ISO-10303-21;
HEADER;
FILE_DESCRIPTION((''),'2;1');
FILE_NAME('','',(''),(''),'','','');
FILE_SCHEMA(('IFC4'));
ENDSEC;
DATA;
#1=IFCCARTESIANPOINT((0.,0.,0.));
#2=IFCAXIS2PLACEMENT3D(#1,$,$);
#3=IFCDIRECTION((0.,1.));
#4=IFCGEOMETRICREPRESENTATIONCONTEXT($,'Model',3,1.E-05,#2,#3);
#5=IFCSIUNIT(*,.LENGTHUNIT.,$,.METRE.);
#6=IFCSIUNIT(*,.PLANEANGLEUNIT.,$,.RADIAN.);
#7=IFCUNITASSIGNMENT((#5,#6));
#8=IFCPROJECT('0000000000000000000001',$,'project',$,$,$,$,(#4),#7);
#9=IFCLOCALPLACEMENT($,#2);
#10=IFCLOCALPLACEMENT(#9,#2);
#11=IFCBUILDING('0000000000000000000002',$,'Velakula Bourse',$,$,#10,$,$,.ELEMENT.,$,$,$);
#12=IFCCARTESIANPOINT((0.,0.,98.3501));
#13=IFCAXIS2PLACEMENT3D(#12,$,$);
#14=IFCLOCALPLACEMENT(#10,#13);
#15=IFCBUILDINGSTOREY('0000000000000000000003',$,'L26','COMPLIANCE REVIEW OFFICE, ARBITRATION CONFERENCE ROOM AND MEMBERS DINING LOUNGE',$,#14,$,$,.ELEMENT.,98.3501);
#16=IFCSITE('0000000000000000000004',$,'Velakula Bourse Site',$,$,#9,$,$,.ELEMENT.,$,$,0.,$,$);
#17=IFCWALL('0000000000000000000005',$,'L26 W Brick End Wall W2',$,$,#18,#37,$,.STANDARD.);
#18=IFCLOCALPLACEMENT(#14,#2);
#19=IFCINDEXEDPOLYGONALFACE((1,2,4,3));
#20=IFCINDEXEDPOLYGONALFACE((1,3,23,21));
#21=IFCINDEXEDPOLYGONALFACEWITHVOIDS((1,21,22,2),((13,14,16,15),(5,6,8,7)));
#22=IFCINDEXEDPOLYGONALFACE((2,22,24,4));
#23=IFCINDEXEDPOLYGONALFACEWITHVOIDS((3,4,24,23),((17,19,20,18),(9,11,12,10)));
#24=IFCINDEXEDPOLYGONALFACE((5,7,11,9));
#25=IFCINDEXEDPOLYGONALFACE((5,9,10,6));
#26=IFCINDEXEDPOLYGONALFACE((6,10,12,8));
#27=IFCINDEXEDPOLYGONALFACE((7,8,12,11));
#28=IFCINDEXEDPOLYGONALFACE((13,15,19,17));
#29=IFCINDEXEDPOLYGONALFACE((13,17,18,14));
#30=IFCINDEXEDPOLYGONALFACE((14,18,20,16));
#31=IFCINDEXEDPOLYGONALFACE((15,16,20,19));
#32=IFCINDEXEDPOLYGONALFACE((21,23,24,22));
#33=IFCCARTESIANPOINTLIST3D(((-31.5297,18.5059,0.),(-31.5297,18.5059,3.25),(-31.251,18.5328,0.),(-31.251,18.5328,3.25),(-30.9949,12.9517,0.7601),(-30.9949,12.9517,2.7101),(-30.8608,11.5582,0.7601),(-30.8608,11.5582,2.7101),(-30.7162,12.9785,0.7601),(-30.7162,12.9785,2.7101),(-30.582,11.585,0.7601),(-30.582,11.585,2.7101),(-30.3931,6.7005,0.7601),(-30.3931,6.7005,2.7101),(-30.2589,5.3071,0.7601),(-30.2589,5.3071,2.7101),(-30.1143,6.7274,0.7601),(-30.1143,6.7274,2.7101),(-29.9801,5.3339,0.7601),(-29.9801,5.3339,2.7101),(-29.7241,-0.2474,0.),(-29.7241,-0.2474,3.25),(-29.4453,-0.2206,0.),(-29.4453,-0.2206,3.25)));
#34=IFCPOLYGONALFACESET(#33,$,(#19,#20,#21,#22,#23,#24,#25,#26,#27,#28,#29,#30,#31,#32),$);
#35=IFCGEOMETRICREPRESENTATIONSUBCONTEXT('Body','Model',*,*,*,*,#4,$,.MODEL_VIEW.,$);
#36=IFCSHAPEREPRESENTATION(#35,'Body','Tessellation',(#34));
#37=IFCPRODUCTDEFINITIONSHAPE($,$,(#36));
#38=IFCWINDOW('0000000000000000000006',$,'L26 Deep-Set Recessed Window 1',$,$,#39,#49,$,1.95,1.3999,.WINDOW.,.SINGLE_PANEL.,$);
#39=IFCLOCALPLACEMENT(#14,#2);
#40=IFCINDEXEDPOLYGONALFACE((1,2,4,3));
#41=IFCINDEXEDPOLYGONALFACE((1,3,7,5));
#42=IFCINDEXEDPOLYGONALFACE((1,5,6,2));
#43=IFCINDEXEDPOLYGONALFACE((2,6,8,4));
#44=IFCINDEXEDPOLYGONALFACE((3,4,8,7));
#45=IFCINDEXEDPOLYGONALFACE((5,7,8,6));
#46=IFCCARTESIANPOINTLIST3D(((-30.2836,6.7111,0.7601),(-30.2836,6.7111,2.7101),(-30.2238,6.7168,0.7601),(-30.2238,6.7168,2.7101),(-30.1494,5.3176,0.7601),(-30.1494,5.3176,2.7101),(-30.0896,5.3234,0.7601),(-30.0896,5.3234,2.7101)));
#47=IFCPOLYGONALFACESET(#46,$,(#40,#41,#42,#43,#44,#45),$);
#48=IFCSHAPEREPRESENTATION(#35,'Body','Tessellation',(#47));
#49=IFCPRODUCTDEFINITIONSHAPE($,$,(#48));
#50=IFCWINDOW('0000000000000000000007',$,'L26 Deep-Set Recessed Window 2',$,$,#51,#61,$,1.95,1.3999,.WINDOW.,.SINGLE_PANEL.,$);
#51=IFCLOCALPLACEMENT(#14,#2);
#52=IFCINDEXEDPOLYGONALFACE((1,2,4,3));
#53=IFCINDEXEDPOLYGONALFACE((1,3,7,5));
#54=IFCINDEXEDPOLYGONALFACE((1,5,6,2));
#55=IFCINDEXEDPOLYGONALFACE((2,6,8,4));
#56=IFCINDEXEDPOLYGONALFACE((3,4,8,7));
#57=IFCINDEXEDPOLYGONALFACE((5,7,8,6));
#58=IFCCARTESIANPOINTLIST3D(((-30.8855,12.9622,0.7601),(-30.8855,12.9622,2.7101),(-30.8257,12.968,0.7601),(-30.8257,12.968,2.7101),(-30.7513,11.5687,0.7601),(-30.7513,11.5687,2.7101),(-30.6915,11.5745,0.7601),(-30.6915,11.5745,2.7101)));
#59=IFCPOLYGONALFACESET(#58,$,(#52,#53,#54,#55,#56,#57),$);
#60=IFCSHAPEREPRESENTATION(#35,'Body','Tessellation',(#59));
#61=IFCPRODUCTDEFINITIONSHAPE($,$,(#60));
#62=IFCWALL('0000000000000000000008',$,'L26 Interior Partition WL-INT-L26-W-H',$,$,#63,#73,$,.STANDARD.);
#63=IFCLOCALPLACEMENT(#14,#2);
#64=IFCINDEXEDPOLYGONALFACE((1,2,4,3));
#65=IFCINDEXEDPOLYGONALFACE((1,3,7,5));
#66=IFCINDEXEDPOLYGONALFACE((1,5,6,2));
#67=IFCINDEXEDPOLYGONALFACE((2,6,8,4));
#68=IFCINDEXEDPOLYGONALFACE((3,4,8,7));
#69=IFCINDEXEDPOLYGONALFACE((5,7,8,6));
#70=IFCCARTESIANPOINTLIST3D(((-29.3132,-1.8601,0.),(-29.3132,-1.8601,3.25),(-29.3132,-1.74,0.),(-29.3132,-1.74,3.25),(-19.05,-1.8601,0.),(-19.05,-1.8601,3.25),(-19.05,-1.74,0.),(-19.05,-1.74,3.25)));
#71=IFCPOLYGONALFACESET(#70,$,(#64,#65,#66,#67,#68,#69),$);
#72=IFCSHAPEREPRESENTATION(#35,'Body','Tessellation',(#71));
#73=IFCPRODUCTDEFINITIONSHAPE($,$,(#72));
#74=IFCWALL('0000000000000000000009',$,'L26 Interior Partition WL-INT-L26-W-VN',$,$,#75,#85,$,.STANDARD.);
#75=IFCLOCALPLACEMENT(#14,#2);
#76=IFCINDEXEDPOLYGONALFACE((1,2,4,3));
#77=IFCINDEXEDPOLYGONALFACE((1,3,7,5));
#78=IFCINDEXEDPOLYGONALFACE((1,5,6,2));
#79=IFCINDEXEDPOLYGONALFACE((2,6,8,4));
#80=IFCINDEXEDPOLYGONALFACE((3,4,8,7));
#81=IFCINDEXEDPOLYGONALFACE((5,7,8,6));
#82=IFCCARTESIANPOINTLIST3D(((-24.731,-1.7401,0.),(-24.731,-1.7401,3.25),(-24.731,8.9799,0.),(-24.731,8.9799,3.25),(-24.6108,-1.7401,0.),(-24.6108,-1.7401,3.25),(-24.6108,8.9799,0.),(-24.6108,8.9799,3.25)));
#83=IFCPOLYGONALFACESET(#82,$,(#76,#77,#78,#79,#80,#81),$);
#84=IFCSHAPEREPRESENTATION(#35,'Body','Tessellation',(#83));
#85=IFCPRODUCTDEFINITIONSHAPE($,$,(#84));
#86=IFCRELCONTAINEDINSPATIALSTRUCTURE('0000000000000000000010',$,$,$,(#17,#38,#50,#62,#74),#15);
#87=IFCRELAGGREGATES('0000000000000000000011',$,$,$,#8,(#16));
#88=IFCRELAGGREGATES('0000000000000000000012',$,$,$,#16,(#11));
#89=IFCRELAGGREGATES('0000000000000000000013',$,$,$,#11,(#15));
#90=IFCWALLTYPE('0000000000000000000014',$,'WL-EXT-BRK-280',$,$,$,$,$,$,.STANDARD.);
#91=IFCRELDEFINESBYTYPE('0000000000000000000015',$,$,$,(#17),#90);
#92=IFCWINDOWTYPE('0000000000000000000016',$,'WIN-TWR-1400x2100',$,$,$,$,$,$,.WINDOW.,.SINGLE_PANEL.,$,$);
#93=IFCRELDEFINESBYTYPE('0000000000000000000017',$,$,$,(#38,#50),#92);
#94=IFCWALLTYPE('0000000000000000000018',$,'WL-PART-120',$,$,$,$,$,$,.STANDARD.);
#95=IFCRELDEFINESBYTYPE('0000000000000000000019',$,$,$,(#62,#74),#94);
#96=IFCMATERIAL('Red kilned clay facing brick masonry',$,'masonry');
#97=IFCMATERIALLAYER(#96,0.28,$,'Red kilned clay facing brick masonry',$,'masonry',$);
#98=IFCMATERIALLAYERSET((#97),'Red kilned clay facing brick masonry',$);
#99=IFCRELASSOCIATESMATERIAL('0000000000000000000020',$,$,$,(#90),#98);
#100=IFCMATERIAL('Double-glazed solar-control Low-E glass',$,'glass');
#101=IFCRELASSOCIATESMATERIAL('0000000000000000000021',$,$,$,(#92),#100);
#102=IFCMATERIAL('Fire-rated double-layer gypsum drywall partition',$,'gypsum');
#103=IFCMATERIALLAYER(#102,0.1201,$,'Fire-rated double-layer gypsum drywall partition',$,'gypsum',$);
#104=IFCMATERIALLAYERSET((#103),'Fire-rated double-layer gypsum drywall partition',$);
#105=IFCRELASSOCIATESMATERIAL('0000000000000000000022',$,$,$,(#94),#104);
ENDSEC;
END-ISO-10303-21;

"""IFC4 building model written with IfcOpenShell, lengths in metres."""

from ifc_helpers import new_model, si_unit, direction, frame, frame_2d, origin, place, context, subcontext, project, spatial, rectangle, extrude, material, layer, layer_set, type_object, element, fill, save


model = new_model("IFC4")

# Units and contexts
model_context = context("Model", 3, precision=1e-05, world=origin(), true_north=direction((0.0, 1.0)))
body_context = subcontext(model_context, "Body", "Model", "MODEL_VIEW")
ifc_project = project(units=[si_unit("LENGTHUNIT", "METRE"), si_unit("PLANEANGLEUNIT", "RADIAN")], contexts=[model_context])

# Site, building, storey
site_placement = place(None, origin())
site = spatial("IfcSite", under=ifc_project, at=site_placement, Name="Velakula Bourse Site", CompositionType="ELEMENT", RefElevation=0.0)
building_placement = place(site_placement, origin())
building = spatial("IfcBuilding", under=site, at=building_placement, Name="Velakula Bourse", CompositionType="ELEMENT")
storey_placement = place(building_placement, frame((0.0, 0.0, 98.3501)))
storey = spatial("IfcBuildingStorey", under=building, at=storey_placement, Name="L26", Description="COMPLIANCE REVIEW OFFICE, ARBITRATION CONFERENCE ROOM AND MEMBERS DINING LOUNGE", CompositionType="ELEMENT", Elevation=98.3501)

# Wall, openings, windows
ifc_material_1 = material(Name="Red kilned clay facing brick masonry", Category="masonry")
ifc_layer_1 = layer(ifc_material_1, 0.28, Name="Red kilned clay facing brick masonry", Category="masonry")
ifc_layer_set_1 = layer_set([ifc_layer_1], Name="Red kilned clay facing brick masonry")
wall_type_1 = type_object("IfcWallType", Name="WL-EXT-BRK-280", PredefinedType="STANDARD", material=ifc_layer_set_1)
wall_1_placement = place(storey_placement, frame((-29.5847, -0.2339, 0.0), z_axis=(0.0, 0.0, 1.0), x_axis=(-0.095841, 0.995397, 0.0)))
wall_1 = element("IfcWall", 1, at=wall_1_placement, inside=storey, type_object=wall_type_1, Name="L26 W Brick End Wall W2", PredefinedType="STANDARD", context=body_context, shape_type="SweptSolid", body=[
    extrude(rectangle(XDim=18.8401, YDim=0.28, at=frame_2d((9.4199, 0.0))), origin(), (0.0, 0.0, 1.0), 3.25),
])
opening_1_placement = place(wall_1_placement, frame((5.5801, 0.0, 0.76)))
opening_1 = element("IfcOpeningElement", 2, at=opening_1_placement, cuts=wall_1, PredefinedType="OPENING", context=body_context, shape_type="SweptSolid", body=[
    extrude(rectangle(XDim=1.3999, YDim=1.95, at=frame_2d((0.7, 0.9751))), frame((0.0, 0.1499, 0.0), z_axis=(0.0, -1.0, 0.0), x_axis=(1.0, 0.0, 0.0)), (0.0, 0.0, 1.0), 0.3),
])
opening_2_placement = place(wall_1_placement, frame((11.8601, 0.0, 0.76)))
opening_2 = element("IfcOpeningElement", 3, at=opening_2_placement, cuts=wall_1, PredefinedType="OPENING", context=body_context, shape_type="SweptSolid", body=[
    extrude(rectangle(XDim=1.3999, YDim=1.95, at=frame_2d((0.7, 0.9751))), frame((0.0, 0.1499, 0.0), z_axis=(0.0, -1.0, 0.0), x_axis=(1.0, 0.0, 0.0)), (0.0, 0.0, 1.0), 0.3),
])
ifc_material_2 = material(Name="Double-glazed solar-control Low-E glass", Category="glass")
window_type = type_object("IfcWindowType", Name="WIN-TWR-1400x2100", PartitioningType="SINGLE_PANEL", PredefinedType="WINDOW", material=ifc_material_2)
window_1_placement = place(opening_1_placement, origin())
window_1 = element("IfcWindow", 4, at=window_1_placement, inside=storey, type_object=window_type, Name="L26 Deep-Set Recessed Window 1", OverallHeight=1.95, OverallWidth=1.3999, PartitioningType="SINGLE_PANEL", PredefinedType="WINDOW", context=body_context, shape_type="SweptSolid", body=[
    extrude(rectangle(XDim=1.3999, YDim=1.95, at=frame_2d((0.7, 0.9751))), frame((0.0, 0.03, 0.0), z_axis=(0.0, -1.0, 0.0), x_axis=(1.0, 0.0, 0.0)), (0.0, 0.0, 1.0), 0.0601),
])
fill(opening_1, window_1)
window_2_placement = place(opening_2_placement, origin())
window_2 = element("IfcWindow", 5, at=window_2_placement, inside=storey, type_object=window_type, Name="L26 Deep-Set Recessed Window 2", OverallHeight=1.95, OverallWidth=1.3999, PartitioningType="SINGLE_PANEL", PredefinedType="WINDOW", context=body_context, shape_type="SweptSolid", body=[
    extrude(rectangle(XDim=1.3999, YDim=1.95, at=frame_2d((0.7, 0.9751))), frame((0.0, 0.03, 0.0), z_axis=(0.0, -1.0, 0.0), x_axis=(1.0, 0.0, 0.0)), (0.0, 0.0, 1.0), 0.0601),
])
fill(opening_2, window_2)

# Walls
ifc_material_3 = material(Name="Fire-rated double-layer gypsum drywall partition", Category="gypsum")
ifc_layer_2 = layer(ifc_material_3, 0.1201, Name="Fire-rated double-layer gypsum drywall partition", Category="gypsum")
ifc_layer_set_2 = layer_set([ifc_layer_2], Name="Fire-rated double-layer gypsum drywall partition")
wall_type_2 = type_object("IfcWallType", Name="WL-PART-120", PredefinedType="STANDARD", material=ifc_layer_set_2)
wall_2_placement = place(storey_placement, frame((-29.3132, -1.8, 0.0), z_axis=(0.0, 0.0, 1.0), x_axis=(1.0, 0.0, 0.0)))
element("IfcWall", 6, at=wall_2_placement, inside=storey, type_object=wall_type_2, Name="L26 Interior Partition WL-INT-L26-W-H", PredefinedType="STANDARD", context=body_context, shape_type="SweptSolid", body=[
    extrude(rectangle(XDim=10.2632, YDim=0.1201, at=frame_2d((5.1316, 0.0))), origin(), (0.0, 0.0, 1.0), 3.25),
])
wall_3_placement = place(storey_placement, frame((-24.6709, -1.74, 0.0), z_axis=(0.0, 0.0, 1.0), x_axis=(0.0, 1.0, 0.0)))
element("IfcWall", 7, at=wall_3_placement, inside=storey, type_object=wall_type_2, Name="L26 Interior Partition WL-INT-L26-W-VN", PredefinedType="STANDARD", context=body_context, shape_type="SweptSolid", body=[
    extrude(rectangle(XDim=10.72, YDim=0.1201, at=frame_2d((5.3599, 0.0))), origin(), (0.0, 0.0, 1.0), 3.25),
])

save(model, "model.ifc")
